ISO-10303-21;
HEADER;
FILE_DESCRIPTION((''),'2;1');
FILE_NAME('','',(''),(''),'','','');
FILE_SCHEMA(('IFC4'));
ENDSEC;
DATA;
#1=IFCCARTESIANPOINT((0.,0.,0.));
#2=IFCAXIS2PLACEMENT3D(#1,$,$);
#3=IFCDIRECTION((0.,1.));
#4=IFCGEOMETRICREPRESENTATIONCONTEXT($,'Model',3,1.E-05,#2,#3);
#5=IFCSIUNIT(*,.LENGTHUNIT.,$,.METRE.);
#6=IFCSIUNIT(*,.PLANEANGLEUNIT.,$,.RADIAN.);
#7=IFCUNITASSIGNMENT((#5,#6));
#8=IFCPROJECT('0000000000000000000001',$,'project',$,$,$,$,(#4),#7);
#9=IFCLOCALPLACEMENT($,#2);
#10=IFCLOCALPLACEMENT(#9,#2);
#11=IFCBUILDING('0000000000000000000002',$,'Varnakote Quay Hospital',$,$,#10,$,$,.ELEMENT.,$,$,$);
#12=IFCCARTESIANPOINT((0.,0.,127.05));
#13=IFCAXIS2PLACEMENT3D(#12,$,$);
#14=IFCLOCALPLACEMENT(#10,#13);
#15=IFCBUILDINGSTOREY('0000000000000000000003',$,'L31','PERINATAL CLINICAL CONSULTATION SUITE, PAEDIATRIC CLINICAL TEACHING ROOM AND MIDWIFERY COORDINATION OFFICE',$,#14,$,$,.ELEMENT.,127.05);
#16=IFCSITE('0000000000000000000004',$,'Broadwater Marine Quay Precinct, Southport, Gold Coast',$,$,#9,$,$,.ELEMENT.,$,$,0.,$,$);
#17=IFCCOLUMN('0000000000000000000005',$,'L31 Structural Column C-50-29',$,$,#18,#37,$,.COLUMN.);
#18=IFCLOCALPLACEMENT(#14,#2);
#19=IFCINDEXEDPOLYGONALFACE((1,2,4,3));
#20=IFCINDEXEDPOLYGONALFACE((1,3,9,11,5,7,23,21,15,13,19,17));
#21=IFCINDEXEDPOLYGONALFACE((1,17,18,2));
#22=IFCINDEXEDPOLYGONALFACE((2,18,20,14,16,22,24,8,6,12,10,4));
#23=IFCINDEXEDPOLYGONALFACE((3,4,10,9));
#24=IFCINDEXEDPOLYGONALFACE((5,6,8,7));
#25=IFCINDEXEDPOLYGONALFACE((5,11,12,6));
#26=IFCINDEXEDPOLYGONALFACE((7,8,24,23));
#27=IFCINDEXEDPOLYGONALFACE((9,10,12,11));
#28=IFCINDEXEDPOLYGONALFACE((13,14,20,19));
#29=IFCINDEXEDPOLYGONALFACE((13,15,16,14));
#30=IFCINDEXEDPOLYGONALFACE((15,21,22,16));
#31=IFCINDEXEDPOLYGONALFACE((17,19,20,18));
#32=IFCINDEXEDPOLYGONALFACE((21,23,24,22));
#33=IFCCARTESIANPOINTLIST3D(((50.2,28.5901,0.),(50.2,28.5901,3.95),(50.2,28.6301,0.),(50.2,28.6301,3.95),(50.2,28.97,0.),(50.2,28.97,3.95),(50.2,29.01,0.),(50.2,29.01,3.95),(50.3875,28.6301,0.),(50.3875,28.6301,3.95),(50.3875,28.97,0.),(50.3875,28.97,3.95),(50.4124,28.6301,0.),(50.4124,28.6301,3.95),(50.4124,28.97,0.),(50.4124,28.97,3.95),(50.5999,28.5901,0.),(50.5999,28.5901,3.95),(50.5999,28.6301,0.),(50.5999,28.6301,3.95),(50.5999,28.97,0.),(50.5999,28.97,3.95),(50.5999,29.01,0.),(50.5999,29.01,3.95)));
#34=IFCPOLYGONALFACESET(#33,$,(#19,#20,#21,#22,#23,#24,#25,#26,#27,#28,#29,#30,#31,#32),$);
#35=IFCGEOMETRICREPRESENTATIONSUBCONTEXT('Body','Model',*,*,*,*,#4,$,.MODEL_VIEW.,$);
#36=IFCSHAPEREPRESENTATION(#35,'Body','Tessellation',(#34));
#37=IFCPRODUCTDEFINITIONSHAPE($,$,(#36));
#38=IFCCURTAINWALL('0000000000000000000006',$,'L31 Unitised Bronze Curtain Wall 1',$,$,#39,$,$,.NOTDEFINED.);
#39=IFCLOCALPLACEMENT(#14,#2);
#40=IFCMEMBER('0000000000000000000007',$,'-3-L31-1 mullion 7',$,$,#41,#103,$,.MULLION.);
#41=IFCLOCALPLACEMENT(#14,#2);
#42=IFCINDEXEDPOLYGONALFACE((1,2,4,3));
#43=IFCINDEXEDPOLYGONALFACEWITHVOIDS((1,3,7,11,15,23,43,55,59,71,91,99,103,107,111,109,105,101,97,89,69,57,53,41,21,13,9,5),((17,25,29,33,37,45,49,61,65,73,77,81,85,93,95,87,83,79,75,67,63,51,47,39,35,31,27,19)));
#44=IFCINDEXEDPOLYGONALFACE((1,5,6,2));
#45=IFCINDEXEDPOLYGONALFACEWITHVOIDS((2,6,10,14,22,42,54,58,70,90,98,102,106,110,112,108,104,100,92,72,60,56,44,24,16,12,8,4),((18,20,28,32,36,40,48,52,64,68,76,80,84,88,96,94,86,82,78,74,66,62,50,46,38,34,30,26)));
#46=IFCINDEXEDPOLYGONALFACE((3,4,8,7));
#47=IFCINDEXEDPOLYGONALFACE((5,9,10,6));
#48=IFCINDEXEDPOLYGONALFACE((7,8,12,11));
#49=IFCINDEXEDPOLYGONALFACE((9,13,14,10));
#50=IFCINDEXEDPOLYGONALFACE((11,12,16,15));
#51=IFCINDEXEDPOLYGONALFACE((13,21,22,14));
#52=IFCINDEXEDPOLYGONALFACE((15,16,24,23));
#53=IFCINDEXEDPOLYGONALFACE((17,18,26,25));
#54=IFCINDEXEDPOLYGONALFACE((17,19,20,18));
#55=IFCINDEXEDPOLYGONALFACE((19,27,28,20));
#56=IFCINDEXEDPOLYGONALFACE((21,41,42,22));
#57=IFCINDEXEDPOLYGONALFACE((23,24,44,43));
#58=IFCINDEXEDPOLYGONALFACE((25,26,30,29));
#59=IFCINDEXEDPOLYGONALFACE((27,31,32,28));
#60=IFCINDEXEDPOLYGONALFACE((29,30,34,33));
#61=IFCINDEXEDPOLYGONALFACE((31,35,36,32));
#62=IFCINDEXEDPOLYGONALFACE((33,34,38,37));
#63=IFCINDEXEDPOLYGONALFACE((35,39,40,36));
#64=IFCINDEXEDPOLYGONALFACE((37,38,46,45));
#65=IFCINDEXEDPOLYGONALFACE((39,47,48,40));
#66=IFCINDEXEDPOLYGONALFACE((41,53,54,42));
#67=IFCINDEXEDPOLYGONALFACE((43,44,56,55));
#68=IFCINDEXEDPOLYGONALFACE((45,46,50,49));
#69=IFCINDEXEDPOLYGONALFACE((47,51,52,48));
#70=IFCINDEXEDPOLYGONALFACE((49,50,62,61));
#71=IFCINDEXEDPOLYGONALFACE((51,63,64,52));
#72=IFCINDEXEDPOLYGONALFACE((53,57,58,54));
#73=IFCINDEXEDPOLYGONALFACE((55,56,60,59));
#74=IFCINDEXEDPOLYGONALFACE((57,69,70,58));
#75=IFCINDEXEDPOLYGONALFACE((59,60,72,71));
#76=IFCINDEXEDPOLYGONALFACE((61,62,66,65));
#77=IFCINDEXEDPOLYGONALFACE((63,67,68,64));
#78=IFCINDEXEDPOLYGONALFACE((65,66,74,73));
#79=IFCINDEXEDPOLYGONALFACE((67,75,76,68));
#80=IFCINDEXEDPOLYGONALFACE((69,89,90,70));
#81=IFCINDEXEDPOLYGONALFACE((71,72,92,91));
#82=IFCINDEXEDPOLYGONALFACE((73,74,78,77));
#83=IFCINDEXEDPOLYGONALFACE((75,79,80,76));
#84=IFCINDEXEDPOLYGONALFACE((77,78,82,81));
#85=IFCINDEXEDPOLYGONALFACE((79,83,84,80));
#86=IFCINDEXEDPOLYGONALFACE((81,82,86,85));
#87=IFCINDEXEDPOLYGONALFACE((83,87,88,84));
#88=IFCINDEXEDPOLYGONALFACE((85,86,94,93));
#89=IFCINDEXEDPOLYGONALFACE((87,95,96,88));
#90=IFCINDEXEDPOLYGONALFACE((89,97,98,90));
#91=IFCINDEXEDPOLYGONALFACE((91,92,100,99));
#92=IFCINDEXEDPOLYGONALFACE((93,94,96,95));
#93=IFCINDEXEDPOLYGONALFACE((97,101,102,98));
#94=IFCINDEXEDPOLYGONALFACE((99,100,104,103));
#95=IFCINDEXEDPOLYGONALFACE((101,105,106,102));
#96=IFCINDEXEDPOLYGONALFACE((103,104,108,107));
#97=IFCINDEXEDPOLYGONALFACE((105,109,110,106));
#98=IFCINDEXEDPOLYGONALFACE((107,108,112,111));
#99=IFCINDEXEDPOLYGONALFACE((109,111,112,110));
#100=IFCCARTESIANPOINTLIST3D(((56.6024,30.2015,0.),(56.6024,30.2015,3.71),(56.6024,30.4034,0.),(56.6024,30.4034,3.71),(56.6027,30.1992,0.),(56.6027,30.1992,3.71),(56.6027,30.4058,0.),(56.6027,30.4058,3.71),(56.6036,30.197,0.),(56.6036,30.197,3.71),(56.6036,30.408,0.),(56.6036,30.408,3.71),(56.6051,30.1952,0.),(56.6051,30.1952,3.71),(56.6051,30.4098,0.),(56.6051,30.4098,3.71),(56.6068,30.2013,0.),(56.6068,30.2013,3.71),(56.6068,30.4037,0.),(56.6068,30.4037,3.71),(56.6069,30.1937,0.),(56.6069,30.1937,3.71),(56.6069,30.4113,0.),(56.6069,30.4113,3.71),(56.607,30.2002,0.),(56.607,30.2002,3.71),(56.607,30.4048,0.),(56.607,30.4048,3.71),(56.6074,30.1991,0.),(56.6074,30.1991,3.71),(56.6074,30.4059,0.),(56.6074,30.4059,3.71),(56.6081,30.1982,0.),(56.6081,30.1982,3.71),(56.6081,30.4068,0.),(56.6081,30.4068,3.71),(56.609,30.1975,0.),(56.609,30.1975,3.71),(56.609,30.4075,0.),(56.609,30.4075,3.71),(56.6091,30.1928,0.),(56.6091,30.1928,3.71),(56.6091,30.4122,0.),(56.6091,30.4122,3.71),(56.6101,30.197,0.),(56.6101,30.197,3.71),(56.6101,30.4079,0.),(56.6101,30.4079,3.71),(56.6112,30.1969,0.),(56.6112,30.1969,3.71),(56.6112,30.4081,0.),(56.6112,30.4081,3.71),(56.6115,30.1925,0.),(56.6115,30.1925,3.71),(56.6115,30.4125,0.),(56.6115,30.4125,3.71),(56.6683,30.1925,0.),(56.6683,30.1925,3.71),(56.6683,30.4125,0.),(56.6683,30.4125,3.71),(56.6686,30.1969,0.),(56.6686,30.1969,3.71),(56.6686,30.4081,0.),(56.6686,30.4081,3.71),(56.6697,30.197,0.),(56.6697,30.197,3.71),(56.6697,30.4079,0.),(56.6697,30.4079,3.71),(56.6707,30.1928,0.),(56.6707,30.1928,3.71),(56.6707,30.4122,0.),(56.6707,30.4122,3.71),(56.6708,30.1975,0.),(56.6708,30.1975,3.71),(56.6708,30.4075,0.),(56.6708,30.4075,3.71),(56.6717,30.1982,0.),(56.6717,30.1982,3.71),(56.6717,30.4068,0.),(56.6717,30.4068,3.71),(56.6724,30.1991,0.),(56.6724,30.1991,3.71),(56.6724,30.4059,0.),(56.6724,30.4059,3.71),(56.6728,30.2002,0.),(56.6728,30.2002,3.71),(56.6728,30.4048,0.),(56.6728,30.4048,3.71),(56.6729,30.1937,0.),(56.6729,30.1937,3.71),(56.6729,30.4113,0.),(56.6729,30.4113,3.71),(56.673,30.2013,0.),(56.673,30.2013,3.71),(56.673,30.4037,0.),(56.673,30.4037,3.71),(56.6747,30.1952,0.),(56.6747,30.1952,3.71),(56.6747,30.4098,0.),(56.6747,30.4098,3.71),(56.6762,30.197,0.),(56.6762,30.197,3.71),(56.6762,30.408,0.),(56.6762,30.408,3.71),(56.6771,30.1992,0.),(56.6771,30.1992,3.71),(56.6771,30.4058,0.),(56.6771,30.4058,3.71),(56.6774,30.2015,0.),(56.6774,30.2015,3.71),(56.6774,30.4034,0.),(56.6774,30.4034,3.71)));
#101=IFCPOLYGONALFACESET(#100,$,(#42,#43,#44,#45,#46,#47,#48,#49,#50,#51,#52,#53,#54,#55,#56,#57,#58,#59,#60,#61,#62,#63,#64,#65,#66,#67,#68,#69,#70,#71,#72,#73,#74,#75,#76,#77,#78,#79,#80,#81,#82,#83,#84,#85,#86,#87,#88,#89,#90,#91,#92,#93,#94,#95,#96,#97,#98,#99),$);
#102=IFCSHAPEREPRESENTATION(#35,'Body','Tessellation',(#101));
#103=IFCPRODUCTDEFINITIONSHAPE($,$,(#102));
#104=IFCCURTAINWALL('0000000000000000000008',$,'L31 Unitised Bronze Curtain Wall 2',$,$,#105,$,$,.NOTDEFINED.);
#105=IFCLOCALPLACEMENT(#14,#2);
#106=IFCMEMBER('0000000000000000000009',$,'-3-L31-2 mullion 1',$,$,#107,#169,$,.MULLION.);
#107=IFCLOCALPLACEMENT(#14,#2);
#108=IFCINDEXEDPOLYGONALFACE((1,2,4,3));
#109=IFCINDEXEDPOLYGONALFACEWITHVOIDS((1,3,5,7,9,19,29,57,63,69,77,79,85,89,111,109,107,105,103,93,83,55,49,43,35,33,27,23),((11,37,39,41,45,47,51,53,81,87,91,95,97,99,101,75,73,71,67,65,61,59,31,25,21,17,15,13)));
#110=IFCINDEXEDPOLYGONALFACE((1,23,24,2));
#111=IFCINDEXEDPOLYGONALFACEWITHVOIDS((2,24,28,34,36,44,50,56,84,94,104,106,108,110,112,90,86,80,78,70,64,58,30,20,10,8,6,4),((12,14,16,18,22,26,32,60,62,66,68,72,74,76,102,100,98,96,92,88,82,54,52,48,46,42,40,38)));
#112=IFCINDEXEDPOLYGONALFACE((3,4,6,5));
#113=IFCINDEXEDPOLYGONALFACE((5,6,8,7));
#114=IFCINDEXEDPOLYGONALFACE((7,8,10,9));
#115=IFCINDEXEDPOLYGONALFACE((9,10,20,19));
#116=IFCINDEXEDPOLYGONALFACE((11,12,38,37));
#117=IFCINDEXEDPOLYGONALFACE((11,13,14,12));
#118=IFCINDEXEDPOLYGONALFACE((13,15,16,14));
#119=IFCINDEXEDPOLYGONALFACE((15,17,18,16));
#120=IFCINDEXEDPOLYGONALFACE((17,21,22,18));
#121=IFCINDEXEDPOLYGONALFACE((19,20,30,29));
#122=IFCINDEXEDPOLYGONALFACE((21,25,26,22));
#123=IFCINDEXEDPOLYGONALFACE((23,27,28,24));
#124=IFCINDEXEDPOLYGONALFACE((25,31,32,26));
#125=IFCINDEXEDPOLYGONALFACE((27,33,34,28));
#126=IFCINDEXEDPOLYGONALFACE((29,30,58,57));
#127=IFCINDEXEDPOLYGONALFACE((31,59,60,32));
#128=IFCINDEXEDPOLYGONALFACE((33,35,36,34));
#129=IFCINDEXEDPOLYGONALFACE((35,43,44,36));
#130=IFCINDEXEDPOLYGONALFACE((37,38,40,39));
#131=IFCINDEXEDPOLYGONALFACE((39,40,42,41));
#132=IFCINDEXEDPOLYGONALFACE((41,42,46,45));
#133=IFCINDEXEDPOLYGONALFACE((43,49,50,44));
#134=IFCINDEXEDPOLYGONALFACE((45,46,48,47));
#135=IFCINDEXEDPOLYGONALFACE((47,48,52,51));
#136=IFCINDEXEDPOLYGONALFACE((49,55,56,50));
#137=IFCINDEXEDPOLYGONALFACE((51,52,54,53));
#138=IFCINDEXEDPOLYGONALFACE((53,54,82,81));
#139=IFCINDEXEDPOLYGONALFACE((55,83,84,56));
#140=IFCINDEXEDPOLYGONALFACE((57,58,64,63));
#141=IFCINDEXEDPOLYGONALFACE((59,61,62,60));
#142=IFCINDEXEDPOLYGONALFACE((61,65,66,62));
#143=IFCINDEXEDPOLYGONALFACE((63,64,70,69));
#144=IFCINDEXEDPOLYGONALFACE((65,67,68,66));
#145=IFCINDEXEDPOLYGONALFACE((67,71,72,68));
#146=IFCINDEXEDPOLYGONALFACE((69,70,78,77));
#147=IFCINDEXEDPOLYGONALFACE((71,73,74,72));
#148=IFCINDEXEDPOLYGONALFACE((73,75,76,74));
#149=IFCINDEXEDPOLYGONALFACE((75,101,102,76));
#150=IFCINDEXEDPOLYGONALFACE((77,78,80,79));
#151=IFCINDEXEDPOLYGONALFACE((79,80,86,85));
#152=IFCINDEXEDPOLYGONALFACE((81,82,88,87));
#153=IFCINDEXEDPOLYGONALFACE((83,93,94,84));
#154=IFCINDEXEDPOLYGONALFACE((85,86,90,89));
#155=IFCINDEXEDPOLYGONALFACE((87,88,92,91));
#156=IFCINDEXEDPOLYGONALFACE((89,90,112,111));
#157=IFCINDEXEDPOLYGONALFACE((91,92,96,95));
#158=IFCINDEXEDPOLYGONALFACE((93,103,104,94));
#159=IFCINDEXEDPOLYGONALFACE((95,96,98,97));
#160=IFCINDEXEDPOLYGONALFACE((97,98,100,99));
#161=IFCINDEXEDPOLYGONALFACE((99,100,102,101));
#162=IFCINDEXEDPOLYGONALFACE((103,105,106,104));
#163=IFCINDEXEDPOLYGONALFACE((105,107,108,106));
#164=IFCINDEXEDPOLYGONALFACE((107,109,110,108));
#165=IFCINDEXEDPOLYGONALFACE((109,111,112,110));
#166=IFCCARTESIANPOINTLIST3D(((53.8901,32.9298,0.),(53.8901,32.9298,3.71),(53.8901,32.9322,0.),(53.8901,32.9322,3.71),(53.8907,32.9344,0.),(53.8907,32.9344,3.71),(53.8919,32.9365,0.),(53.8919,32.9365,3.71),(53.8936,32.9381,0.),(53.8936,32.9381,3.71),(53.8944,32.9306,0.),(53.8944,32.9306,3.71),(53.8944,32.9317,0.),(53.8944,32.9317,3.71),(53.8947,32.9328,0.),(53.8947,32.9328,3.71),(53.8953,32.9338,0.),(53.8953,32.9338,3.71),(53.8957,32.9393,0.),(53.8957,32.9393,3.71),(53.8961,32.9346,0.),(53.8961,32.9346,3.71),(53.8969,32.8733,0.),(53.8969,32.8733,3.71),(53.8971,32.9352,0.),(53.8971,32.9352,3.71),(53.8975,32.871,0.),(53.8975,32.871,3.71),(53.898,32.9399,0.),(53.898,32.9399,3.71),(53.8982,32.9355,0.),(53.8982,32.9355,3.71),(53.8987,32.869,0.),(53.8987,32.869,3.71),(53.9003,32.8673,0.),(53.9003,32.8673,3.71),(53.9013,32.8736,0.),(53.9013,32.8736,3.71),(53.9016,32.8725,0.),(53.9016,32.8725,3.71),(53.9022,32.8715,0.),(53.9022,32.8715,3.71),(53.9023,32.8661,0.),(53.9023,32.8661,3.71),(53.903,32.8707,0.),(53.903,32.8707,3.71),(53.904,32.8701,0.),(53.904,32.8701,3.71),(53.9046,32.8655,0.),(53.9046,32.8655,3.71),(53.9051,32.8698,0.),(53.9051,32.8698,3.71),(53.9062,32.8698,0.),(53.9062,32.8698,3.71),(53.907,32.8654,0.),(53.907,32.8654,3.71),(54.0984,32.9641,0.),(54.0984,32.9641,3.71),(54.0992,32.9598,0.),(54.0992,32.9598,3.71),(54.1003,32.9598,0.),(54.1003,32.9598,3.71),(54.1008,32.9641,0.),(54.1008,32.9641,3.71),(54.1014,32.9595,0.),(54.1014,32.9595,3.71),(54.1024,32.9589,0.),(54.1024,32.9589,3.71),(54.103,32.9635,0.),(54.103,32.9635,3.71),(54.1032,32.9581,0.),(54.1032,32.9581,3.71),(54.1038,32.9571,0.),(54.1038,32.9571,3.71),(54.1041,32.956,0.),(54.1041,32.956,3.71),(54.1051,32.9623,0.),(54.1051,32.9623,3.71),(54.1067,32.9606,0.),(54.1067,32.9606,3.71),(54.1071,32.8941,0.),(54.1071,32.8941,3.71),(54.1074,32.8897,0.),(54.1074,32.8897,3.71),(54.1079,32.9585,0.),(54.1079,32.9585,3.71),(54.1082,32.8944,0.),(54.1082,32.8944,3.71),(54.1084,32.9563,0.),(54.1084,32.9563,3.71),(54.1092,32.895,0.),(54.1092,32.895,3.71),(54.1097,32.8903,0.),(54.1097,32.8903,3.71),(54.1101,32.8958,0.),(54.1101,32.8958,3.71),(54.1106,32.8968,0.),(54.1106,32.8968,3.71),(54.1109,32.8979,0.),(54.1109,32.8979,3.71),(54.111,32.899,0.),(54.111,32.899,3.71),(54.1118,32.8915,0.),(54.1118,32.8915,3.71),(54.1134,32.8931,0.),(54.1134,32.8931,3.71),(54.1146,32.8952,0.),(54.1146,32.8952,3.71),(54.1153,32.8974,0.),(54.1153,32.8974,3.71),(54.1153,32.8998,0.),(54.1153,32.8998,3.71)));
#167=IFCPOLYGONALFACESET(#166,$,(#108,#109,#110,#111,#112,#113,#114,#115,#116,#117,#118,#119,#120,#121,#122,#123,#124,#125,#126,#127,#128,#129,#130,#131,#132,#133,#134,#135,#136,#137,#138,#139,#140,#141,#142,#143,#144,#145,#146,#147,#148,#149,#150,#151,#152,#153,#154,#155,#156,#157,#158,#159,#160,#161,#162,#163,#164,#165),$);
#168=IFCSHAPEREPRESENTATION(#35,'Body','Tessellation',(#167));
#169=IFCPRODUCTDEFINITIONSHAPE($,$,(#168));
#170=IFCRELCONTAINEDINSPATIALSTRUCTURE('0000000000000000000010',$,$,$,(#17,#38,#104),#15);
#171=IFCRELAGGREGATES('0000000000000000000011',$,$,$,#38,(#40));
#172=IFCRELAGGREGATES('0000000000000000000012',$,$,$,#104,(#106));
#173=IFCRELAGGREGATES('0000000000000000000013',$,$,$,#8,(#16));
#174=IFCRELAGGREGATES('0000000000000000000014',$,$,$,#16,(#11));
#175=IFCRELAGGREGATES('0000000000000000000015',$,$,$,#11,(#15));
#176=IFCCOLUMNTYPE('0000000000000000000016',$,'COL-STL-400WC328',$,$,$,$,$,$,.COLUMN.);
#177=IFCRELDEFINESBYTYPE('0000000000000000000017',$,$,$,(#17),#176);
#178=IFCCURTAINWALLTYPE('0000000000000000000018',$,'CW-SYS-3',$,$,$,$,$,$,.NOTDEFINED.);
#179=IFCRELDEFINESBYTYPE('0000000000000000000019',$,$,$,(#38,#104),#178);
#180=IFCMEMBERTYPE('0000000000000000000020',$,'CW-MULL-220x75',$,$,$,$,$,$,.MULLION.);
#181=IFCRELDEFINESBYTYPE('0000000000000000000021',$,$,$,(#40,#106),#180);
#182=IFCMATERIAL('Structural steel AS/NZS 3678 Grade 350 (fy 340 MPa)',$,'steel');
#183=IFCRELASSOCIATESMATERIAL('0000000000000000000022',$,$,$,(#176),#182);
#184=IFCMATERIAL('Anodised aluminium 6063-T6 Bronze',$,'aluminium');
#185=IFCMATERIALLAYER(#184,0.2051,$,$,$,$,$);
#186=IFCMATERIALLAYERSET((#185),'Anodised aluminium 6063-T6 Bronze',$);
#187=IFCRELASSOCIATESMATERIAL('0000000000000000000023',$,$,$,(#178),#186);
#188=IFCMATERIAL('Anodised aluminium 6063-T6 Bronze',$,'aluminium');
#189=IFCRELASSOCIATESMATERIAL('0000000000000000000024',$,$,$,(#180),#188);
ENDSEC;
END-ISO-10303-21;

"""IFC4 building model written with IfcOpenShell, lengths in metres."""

from ifc_helpers import new_model, si_unit, direction, frame, origin, origin_2d, place, context, subcontext, project, spatial, hollow_rectangle, i_section, extrude, material, layer, layer_set, material_profile, profile_set, type_object, element, aggregate, save


model = new_model("IFC4")

# Units and contexts
model_context = context("Model", 3, precision=1e-05, world=origin(), true_north=direction((0.0, 1.0)))
body_context = subcontext(model_context, "Body", "Model", "MODEL_VIEW")
ifc_project = project(units=[si_unit("LENGTHUNIT", "METRE"), si_unit("PLANEANGLEUNIT", "RADIAN")], contexts=[model_context])

# Site, building, storey
site_placement = place(None, origin())
site = spatial("IfcSite", under=ifc_project, at=site_placement, Name="Broadwater Marine Quay Precinct, Southport, Gold Coast", CompositionType="ELEMENT", RefElevation=0.0)
building_placement = place(site_placement, origin())
building = spatial("IfcBuilding", under=site, at=building_placement, Name="Varnakote Quay Hospital", CompositionType="ELEMENT")
storey_placement = place(building_placement, frame((0.0, 0.0, 127.05)))
storey = spatial("IfcBuildingStorey", under=building, at=storey_placement, Name="L31", Description="PERINATAL CLINICAL CONSULTATION SUITE, PAEDIATRIC CLINICAL TEACHING ROOM AND MIDWIFERY COORDINATION OFFICE", CompositionType="ELEMENT", Elevation=127.05)

# Column
ifc_material_1 = material(Name="Structural steel AS/NZS 3678 Grade 350 (fy 340 MPa)", Category="steel")
ifc_material_profile_1 = material_profile(ifc_material_1, i_section(OverallWidth=0.3999, OverallDepth=0.4199, WebThickness=0.0249, FlangeThickness=0.04, at=origin_2d()), Name="400WC328")
ifc_profile_set_1 = profile_set([ifc_material_profile_1], Name="Structural steel AS/NZS 3678 Grade 350 (fy 340 MPa)")
column_type = type_object("IfcColumnType", Name="COL-STL-400WC328", PredefinedType="COLUMN", material=ifc_profile_set_1)
column_placement = place(storey_placement, frame((50.3999, 28.8, 0.0), z_axis=(0.0, 0.0, 1.0), x_axis=(1.0, 0.0, 0.0)))
element("IfcColumn", 1, at=column_placement, inside=storey, type_object=column_type, Name="L31 Structural Column C-50-29", PredefinedType="COLUMN", context=body_context, shape_type="SweptSolid", body=[
    extrude(i_section(OverallWidth=0.3999, OverallDepth=0.4199, WebThickness=0.0249, FlangeThickness=0.04, at=origin_2d()), origin(), (0.0, 0.0, 1.0), 3.95),
])

# Curtain wall, member
ifc_material_2 = material(Name="Anodised aluminium 6063-T6 Bronze", Category="aluminium")
ifc_layer_1 = layer(ifc_material_2, 0.2051)
ifc_layer_set_1 = layer_set([ifc_layer_1], Name="Anodised aluminium 6063-T6 Bronze")
curtain_wall_type = type_object("IfcCurtainWallType", Name="CW-SYS-3", PredefinedType="NOTDEFINED", material=ifc_layer_set_1)
curtain_wall_1_placement = place(storey_placement, origin())
curtain_wall_1 = element("IfcCurtainWall", 2, at=curtain_wall_1_placement, inside=storey, type_object=curtain_wall_type, Name="L31 Unitised Bronze Curtain Wall 1", PredefinedType="NOTDEFINED")
ifc_material_3 = material(Name="Anodised aluminium 6063-T6 Bronze", Category="aluminium")
ifc_material_profile_2 = material_profile(ifc_material_3, hollow_rectangle(XDim=0.075, YDim=0.22, WallThickness=0.0044, InnerFilletRadius=0.0044, OuterFilletRadius=0.009, at=origin_2d()), Name="CW-MULL-220x75")
ifc_profile_set_2 = profile_set([ifc_material_profile_2], Name="Anodised aluminium 6063-T6 Bronze")
member_type_1 = type_object("IfcMemberType", Name="CW-MULL-220x75", PredefinedType="MULLION", material=ifc_profile_set_2)
member_1_placement = place(storey_placement, frame((56.6399, 30.3025, 0.0), z_axis=(0.0, 0.0, 1.0), x_axis=(-1.0, 0.0, 0.0)))
member_1 = element("IfcMember", 3, at=member_1_placement, type_object=member_type_1, Name="-3-L31-1 mullion 7", PredefinedType="MULLION", context=body_context, shape_type="SweptSolid", body=[
    extrude(hollow_rectangle(XDim=0.075, YDim=0.22, WallThickness=0.0044, InnerFilletRadius=0.0044, OuterFilletRadius=0.009, at=origin_2d()), origin(), (0.0, 0.0, 1.0), 3.71),
])

# Curtain wall, member
curtain_wall_2_placement = place(storey_placement, origin())
curtain_wall_2 = element("IfcCurtainWall", 4, at=curtain_wall_2_placement, inside=storey, type_object=curtain_wall_type, Name="L31 Unitised Bronze Curtain Wall 2", PredefinedType="NOTDEFINED")
member_2_placement = place(storey_placement, frame((54.0027, 32.9148, 0.0), z_axis=(0.0, 0.0, 1.0), x_axis=(0.120327, -0.992734, 0.0)))
member_2 = element("IfcMember", 5, at=member_2_placement, type_object=member_type_1, Name="-3-L31-2 mullion 1", PredefinedType="MULLION", context=body_context, shape_type="SweptSolid", body=[
    extrude(hollow_rectangle(XDim=0.075, YDim=0.22, WallThickness=0.0044, InnerFilletRadius=0.0044, OuterFilletRadius=0.009, at=origin_2d()), origin(), (0.0, 0.0, 1.0), 3.71),
])

aggregate(curtain_wall_1, [member_1])
aggregate(curtain_wall_2, [member_2])

save(model, "model.ifc")
